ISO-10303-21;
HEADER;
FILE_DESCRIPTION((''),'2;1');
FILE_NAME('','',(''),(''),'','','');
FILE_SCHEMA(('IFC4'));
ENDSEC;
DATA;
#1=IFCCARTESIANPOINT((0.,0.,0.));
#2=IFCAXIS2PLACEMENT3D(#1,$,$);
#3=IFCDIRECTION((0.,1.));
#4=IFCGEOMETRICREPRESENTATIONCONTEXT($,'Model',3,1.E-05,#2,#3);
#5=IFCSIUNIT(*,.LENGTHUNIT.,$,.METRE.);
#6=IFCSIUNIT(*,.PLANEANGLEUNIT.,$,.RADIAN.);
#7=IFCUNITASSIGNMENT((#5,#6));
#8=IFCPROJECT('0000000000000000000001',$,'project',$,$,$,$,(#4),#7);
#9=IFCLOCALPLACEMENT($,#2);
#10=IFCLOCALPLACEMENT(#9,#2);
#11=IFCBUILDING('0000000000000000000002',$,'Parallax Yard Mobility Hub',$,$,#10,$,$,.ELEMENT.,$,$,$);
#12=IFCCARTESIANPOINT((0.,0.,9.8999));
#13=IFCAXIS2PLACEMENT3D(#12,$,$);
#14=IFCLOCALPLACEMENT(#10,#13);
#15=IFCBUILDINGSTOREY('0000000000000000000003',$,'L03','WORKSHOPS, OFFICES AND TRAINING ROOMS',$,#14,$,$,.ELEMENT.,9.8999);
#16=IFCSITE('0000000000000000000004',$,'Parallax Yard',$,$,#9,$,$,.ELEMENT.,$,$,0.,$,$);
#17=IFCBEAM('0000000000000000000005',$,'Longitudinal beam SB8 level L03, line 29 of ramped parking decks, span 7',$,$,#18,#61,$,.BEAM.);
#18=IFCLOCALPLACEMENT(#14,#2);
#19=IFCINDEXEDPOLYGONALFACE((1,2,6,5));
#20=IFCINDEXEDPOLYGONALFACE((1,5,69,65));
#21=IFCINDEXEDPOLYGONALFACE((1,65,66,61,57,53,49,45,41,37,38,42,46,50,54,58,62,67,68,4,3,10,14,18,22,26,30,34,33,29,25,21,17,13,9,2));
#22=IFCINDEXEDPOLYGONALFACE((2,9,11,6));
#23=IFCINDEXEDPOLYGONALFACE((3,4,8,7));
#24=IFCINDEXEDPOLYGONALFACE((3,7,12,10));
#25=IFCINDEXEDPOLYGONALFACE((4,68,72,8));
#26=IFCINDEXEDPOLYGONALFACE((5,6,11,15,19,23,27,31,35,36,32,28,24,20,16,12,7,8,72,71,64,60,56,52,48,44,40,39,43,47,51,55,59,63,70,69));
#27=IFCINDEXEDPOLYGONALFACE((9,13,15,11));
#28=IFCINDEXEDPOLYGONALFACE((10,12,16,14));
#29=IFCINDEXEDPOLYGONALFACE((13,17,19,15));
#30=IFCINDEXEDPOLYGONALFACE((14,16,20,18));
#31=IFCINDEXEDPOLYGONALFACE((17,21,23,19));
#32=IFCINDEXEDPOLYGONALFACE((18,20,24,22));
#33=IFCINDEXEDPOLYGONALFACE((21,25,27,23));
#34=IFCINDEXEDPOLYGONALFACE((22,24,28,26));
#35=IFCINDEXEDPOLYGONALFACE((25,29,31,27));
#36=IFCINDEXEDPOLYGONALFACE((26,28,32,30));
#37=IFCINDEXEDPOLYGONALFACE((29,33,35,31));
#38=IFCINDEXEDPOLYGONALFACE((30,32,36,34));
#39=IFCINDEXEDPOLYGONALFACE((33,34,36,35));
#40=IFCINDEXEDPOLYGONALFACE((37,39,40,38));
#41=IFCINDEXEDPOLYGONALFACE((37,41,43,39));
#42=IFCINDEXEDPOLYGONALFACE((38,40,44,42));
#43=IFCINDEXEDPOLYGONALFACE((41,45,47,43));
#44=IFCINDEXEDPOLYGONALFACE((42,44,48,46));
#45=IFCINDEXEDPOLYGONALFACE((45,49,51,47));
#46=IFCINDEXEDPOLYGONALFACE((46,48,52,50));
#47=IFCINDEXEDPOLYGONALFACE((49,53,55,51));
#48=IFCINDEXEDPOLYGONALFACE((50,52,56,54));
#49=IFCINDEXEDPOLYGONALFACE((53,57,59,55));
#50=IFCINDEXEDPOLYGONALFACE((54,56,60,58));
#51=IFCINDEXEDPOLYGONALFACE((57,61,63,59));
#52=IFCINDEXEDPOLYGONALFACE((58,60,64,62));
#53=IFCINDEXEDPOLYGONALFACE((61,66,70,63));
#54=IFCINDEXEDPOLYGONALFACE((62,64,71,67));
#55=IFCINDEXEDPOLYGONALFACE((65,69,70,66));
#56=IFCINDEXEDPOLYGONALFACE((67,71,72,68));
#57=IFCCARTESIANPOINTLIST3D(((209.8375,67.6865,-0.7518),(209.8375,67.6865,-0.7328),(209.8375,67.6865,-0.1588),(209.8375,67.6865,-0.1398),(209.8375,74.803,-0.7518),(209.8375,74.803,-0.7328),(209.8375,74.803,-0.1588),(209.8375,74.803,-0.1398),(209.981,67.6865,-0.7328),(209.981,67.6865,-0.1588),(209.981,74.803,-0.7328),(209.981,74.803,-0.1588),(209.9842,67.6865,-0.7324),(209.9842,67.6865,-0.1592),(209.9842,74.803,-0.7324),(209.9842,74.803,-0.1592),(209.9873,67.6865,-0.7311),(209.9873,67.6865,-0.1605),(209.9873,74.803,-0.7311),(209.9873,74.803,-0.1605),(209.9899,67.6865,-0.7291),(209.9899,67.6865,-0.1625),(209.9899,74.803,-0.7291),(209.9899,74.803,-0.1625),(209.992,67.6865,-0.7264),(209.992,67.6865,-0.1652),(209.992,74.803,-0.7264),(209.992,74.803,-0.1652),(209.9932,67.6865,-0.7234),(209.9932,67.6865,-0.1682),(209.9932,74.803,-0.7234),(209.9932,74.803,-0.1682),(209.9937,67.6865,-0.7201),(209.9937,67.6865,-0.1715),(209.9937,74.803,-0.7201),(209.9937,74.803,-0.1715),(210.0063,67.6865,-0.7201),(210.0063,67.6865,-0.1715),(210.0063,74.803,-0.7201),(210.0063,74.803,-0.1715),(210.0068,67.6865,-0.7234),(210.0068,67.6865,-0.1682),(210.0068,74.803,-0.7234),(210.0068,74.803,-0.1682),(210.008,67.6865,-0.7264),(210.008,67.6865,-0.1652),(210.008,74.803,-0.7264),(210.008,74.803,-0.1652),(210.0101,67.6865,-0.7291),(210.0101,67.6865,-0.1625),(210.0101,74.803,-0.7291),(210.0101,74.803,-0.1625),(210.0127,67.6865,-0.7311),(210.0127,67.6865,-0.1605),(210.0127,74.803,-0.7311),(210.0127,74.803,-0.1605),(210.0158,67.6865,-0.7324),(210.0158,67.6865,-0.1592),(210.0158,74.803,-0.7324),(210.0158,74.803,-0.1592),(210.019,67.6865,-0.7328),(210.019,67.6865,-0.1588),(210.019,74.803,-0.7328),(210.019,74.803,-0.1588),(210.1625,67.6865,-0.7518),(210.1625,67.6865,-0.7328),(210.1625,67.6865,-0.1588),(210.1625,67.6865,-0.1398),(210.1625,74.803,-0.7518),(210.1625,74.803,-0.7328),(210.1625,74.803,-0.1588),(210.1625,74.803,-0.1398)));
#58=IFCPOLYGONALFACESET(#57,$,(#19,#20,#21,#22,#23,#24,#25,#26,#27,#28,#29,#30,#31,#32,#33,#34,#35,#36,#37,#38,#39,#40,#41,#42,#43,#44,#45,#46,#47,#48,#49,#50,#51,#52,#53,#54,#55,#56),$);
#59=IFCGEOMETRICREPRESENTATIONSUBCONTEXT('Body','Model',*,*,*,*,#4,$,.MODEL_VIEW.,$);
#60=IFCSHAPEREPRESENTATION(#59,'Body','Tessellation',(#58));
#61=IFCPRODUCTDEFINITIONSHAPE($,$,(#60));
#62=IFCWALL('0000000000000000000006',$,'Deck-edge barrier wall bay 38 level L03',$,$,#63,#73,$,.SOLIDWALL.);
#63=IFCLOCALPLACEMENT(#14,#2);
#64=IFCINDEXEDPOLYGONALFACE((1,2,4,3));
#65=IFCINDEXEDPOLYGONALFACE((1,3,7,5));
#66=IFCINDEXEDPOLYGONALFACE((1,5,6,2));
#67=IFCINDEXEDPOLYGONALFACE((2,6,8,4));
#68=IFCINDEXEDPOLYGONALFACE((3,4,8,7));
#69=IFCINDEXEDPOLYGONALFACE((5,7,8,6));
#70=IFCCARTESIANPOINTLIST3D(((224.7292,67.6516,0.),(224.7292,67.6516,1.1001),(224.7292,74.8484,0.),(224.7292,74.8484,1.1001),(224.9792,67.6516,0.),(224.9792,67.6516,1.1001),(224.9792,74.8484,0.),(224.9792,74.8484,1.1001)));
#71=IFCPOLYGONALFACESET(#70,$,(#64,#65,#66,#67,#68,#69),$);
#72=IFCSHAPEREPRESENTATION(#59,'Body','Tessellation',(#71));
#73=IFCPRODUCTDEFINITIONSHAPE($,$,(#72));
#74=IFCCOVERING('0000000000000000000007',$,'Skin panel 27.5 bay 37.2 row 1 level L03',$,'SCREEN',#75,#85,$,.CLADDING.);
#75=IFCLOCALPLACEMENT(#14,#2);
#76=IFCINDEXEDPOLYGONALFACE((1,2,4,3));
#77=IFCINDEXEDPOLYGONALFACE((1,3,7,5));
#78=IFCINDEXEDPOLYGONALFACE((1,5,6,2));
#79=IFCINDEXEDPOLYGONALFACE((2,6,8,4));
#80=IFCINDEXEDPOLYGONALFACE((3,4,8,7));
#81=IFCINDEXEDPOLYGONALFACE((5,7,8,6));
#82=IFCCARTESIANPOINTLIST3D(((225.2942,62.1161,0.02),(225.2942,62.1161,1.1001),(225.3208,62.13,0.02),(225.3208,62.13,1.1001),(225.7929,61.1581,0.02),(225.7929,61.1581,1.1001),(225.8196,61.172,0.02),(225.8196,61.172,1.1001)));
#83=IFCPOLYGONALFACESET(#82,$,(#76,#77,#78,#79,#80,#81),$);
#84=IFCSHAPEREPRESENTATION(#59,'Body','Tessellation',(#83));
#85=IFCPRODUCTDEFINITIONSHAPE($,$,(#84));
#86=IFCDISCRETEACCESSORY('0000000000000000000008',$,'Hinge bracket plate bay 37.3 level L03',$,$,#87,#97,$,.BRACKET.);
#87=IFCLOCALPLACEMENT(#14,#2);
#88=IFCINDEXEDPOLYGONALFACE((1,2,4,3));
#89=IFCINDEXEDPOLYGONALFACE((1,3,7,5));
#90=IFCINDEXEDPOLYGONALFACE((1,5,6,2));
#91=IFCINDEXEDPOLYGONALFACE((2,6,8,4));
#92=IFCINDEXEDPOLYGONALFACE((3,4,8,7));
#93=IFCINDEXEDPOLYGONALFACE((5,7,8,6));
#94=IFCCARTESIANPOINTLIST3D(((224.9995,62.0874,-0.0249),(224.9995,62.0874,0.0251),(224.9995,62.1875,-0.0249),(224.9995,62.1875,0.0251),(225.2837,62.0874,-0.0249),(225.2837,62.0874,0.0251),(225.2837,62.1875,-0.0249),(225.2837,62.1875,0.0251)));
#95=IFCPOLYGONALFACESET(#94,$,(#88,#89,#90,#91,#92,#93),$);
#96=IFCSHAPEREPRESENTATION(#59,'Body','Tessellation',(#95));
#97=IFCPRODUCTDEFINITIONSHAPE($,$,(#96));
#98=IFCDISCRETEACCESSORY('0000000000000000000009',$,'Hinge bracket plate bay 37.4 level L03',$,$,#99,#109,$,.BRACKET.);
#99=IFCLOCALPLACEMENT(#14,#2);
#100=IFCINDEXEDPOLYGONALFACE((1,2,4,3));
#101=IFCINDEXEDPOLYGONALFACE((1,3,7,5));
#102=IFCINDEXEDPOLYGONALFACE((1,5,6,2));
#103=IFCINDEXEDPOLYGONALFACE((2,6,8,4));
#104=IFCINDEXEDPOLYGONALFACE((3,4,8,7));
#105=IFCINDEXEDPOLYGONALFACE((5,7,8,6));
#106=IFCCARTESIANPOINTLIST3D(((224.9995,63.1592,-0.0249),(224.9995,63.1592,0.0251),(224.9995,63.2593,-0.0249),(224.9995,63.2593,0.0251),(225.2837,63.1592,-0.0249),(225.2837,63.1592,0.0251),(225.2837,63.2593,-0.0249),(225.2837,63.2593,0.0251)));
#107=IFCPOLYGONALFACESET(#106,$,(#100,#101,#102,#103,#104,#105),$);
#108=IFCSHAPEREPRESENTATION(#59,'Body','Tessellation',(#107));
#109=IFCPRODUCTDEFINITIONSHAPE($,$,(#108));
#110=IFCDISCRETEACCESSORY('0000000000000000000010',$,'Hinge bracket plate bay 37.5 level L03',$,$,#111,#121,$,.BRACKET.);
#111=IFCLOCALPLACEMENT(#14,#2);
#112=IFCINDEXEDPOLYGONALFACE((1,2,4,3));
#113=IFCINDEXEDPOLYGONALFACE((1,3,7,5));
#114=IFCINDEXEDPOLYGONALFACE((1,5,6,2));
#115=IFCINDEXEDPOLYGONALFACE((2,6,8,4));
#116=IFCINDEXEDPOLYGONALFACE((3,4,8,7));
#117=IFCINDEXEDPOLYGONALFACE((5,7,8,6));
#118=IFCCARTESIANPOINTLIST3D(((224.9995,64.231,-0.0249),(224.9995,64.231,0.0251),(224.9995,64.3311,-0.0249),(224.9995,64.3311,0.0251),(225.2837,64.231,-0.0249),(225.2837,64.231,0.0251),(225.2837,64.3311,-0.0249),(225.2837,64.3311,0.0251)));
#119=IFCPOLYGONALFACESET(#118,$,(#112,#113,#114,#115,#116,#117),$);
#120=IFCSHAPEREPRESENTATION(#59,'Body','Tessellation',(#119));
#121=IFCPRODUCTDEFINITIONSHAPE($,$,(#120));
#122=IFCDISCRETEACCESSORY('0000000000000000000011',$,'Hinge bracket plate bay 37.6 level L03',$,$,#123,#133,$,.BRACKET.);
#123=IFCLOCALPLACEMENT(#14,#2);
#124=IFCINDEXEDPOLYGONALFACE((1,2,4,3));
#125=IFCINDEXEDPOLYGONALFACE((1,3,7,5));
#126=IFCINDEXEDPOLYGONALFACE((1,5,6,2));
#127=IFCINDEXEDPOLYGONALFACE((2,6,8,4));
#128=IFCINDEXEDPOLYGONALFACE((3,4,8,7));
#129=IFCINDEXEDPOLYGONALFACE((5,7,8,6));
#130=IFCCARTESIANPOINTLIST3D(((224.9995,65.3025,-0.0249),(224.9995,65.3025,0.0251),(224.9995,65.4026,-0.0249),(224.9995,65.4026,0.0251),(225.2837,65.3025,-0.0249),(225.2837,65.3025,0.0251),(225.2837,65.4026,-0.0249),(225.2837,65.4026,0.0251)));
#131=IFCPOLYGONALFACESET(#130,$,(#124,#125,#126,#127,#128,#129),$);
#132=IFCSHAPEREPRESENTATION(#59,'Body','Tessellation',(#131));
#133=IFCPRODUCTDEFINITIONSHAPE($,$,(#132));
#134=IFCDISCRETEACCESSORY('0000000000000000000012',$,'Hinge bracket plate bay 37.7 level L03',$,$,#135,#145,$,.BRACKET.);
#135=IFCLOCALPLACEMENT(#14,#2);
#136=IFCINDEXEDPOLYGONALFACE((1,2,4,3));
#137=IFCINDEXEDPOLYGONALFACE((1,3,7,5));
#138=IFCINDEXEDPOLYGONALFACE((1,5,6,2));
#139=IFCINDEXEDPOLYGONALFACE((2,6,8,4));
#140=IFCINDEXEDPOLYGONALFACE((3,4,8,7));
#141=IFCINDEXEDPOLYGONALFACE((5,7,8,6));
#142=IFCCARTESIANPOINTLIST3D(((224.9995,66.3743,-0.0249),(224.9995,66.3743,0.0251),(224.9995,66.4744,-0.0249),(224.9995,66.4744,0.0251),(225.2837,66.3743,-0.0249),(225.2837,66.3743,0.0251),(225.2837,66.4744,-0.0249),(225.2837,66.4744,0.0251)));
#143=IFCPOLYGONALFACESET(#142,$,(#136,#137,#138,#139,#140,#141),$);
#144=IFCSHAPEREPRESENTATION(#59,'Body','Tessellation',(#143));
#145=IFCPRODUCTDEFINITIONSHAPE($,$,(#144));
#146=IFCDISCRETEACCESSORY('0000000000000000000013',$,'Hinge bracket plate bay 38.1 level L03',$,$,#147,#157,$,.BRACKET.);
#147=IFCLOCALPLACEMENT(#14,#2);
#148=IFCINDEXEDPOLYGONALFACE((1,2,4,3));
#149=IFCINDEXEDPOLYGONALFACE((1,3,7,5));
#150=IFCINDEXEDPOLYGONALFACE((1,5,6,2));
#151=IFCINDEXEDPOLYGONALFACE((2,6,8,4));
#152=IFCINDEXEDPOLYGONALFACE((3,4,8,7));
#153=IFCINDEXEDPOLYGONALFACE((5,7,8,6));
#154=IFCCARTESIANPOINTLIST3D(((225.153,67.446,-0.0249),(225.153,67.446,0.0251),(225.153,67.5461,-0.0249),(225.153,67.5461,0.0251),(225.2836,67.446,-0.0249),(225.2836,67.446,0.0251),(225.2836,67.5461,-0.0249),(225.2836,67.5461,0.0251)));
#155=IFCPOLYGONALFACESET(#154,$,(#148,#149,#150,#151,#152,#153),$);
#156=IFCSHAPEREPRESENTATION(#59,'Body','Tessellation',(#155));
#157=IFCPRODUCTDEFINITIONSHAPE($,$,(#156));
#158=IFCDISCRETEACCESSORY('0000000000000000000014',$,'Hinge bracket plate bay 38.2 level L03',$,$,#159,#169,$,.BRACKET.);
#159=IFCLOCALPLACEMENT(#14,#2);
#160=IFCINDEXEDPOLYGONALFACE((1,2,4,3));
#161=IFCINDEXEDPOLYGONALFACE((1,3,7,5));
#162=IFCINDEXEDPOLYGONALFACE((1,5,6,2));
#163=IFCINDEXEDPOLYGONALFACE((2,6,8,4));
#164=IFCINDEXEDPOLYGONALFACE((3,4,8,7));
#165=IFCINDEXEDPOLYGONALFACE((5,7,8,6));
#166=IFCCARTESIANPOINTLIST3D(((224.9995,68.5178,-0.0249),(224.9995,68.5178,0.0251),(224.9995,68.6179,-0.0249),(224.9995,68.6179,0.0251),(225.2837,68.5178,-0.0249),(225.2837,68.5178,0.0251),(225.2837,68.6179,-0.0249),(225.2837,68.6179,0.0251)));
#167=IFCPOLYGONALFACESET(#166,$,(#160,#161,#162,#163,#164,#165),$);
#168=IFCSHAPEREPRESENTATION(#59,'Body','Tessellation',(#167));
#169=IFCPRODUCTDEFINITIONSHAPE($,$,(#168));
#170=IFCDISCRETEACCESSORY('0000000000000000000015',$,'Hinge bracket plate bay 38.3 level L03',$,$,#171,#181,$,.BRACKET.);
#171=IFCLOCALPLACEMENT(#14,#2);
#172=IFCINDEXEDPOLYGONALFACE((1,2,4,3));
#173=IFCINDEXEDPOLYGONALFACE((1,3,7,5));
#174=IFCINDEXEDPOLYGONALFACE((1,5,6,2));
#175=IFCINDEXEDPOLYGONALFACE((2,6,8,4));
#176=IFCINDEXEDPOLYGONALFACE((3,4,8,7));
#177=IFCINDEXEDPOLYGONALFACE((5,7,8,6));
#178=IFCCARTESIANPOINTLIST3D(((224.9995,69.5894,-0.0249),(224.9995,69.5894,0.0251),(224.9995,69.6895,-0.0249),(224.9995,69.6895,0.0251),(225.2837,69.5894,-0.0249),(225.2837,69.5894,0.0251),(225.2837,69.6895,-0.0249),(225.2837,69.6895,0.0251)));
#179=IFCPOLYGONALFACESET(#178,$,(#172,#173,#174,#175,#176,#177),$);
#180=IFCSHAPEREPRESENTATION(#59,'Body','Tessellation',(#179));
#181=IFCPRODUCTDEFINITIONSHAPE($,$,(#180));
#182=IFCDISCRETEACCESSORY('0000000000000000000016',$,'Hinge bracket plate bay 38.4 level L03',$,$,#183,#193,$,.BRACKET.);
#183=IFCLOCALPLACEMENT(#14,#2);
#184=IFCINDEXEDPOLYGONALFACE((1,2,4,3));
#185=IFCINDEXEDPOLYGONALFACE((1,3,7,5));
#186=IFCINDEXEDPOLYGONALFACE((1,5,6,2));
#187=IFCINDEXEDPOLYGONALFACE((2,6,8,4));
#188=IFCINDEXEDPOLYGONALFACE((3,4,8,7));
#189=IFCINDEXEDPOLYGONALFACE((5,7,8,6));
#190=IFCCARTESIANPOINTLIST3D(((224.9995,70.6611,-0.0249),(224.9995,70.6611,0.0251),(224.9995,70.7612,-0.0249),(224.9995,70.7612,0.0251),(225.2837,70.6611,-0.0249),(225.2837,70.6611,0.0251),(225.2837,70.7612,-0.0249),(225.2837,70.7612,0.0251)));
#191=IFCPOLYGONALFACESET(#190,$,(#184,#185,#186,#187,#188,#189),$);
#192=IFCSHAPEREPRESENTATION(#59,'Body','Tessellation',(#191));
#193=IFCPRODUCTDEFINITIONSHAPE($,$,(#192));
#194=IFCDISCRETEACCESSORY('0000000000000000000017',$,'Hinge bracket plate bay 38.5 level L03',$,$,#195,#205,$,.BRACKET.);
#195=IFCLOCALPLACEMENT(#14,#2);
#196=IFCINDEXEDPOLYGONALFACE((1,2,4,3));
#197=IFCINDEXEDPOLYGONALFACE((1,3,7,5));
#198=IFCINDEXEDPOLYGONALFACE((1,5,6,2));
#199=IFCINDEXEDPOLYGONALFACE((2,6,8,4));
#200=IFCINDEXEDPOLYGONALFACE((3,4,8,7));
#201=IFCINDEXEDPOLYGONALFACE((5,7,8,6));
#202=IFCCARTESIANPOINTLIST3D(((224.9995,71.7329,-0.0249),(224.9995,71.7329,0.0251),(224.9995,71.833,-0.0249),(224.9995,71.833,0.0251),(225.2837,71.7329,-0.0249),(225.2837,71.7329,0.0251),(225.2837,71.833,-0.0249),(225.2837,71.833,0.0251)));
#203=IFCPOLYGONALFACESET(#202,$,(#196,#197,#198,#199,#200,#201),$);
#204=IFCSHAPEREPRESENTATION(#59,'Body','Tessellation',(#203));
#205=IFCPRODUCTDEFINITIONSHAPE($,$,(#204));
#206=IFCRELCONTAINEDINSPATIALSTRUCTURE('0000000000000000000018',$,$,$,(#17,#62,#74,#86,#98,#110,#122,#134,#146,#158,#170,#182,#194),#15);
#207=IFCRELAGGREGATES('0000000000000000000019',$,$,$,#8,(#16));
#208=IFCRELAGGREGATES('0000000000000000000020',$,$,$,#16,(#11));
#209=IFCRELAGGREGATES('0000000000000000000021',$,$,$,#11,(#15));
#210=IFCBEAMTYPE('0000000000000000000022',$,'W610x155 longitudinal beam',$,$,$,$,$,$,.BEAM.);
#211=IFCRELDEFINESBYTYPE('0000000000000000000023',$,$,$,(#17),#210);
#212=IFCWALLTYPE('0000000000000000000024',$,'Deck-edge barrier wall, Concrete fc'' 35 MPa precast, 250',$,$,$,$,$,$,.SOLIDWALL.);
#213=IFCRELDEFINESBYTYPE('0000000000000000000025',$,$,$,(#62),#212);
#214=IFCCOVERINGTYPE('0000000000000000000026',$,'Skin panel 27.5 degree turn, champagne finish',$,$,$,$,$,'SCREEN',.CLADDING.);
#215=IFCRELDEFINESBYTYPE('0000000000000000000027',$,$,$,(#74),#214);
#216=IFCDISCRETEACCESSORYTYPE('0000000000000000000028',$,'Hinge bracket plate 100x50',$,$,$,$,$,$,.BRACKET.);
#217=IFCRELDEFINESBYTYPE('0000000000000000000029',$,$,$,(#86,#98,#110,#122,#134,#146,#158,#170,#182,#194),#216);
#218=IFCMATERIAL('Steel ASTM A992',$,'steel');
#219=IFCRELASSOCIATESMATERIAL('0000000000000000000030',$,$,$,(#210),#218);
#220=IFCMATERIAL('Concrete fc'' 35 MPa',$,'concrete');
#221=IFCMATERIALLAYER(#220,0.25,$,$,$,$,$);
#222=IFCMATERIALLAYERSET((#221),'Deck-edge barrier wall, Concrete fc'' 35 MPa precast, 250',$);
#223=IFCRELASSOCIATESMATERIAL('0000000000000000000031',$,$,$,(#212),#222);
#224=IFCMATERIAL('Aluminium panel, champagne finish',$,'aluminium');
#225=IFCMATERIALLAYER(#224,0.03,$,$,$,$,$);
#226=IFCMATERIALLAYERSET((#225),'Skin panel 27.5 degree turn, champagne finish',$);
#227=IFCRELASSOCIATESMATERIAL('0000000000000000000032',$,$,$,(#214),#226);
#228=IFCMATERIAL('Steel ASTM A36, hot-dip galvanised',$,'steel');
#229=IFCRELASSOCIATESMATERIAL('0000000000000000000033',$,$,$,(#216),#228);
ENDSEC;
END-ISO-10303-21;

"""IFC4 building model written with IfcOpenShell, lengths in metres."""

from ifc_helpers import new_model, si_unit, direction, frame, frame_2d, origin, origin_2d, place, context, subcontext, project, spatial, rectangle, i_section, extrude, material, layer, layer_set, material_profile, profile_set, type_object, element, save


model = new_model("IFC4")

# Units and contexts
model_context = context("Model", 3, precision=1e-05, world=origin(), true_north=direction((0.0, 1.0)))
body_context = subcontext(model_context, "Body", "Model", "MODEL_VIEW")
ifc_project = project(units=[si_unit("LENGTHUNIT", "METRE"), si_unit("PLANEANGLEUNIT", "RADIAN")], contexts=[model_context])

# Site, building, storey
site_placement = place(None, origin())
site = spatial("IfcSite", under=ifc_project, at=site_placement, Name="Parallax Yard", CompositionType="ELEMENT", RefElevation=0.0)
building_placement = place(site_placement, origin())
building = spatial("IfcBuilding", under=site, at=building_placement, Name="Parallax Yard Mobility Hub", CompositionType="ELEMENT")
storey_placement = place(building_placement, frame((0.0, 0.0, 9.8999)))
storey = spatial("IfcBuildingStorey", under=building, at=storey_placement, Name="L03", Description="WORKSHOPS, OFFICES AND TRAINING ROOMS", CompositionType="ELEMENT", Elevation=9.8999)

# Shared definitions
ifc_material_1 = material(Name="Steel ASTM A992", Category="steel")

# Beam
ifc_material_profile_1 = material_profile(ifc_material_1, i_section(OverallWidth=0.325, OverallDepth=0.6121, WebThickness=0.0127, FlangeThickness=0.019, FilletRadius=0.0127, at=origin_2d()), Name="W610x155")
ifc_profile_set_1 = profile_set([ifc_material_profile_1], Name="Steel ASTM A992")
beam_type_1 = type_object("IfcBeamType", Name="W610x155 longitudinal beam", PredefinedType="BEAM", material=ifc_profile_set_1)
beam_1_placement = place(storey_placement, frame((210.0, 67.6865, -0.4458), z_axis=(0.0, 1.0, 0.0), x_axis=(-1.0, 0.0, 0.0)))
element("IfcBeam", 1, at=beam_1_placement, inside=storey, type_object=beam_type_1, Name="Longitudinal beam SB8 level L03, line 29 of ramped parking decks, span 7", PredefinedType="BEAM", context=body_context, shape_type="SweptSolid", body=[
    extrude(i_section(OverallWidth=0.325, OverallDepth=0.6121, WebThickness=0.0127, FlangeThickness=0.019, FilletRadius=0.0127, at=origin_2d()), origin(), (0.0, 0.0, 1.0), 7.1165),
])

# Wall
ifc_material_2 = material(Name="Concrete fc' 35 MPa", Category="concrete")
ifc_layer_1 = layer(ifc_material_2, 0.25)
ifc_layer_set_1 = layer_set([ifc_layer_1], Name="Deck-edge barrier wall, Concrete fc' 35 MPa precast, 250")
wall_type = type_object("IfcWallType", Name="Deck-edge barrier wall, Concrete fc' 35 MPa precast, 250", PredefinedType="SOLIDWALL", material=ifc_layer_set_1)
wall_placement = place(storey_placement, frame((224.8542, 67.6516, 0.0), z_axis=(0.0, 0.0, 1.0), x_axis=(0.0, 1.0, 0.0)))
element("IfcWall", 2, at=wall_placement, inside=storey, type_object=wall_type, Name="Deck-edge barrier wall bay 38 level L03", PredefinedType="SOLIDWALL", context=body_context, shape_type="SweptSolid", body=[
    extrude(rectangle(XDim=7.1968, YDim=0.25, at=frame_2d((3.5984, 0.0))), origin(), (0.0, 0.0, 1.0), 1.1001),
])

# Covering
ifc_material_3 = material(Name="Aluminium panel, champagne finish", Category="aluminium")
ifc_layer_2 = layer(ifc_material_3, 0.03)
ifc_layer_set_2 = layer_set([ifc_layer_2], Name="Skin panel 27.5 degree turn, champagne finish")
covering_type = type_object("IfcCoveringType", Name="Skin panel 27.5 degree turn, champagne finish", ElementType="SCREEN", PredefinedType="CLADDING", material=ifc_layer_set_2)
covering_placement = place(storey_placement, frame((225.5569, 61.644, 0.02), z_axis=(0.0, 0.0, 1.0), x_axis=(0.461749, -0.887011, 0.0)))
element("IfcCovering", 3, at=covering_placement, inside=storey, type_object=covering_type, Name="Skin panel 27.5 bay 37.2 row 1 level L03", ObjectType="SCREEN", PredefinedType="CLADDING", context=body_context, shape_type="SweptSolid", body=[
    extrude(rectangle(XDim=1.0801, YDim=0.03, at=origin_2d()), origin(), (0.0, 0.0, 1.0), 1.0801),
])

# Discrete accessories
ifc_material_4 = material(Name="Steel ASTM A36, hot-dip galvanised", Category="steel")
discrete_accessory_type_1 = type_object("IfcDiscreteAccessoryType", Name="Hinge bracket plate 100x50", PredefinedType="BRACKET", material=ifc_material_4)
for number, where, z_axis, x_axis, name in (
    (4, (225.1416, 62.1375, -0.0249), (0.0, 0.0, 1.0), (1.0, 0.0, 0.0), "Hinge bracket plate bay 37.3 level L03"),
    (5, (225.1416, 63.2092, -0.0249), (0.0, 0.0, 1.0), (1.0, 0.0, 0.0), "Hinge bracket plate bay 37.4 level L03"),
    (6, (225.1416, 64.281, -0.0249), (0.0, 0.0, 1.0), (1.0, 0.0, 0.0), "Hinge bracket plate bay 37.5 level L03"),
    (7, (225.1416, 65.3525, -0.0249), (0.0, 0.0, 1.0), (1.0, 0.0, 0.0), "Hinge bracket plate bay 37.6 level L03"),
    (8, (225.1416, 66.4243, -0.0249), (0.0, 0.0, 1.0), (1.0, 0.0, 0.0), "Hinge bracket plate bay 37.7 level L03"),
):
    element("IfcDiscreteAccessory", number, at=place(storey_placement, frame(where, z_axis=z_axis, x_axis=x_axis)), inside=storey, type_object=discrete_accessory_type_1, Name=name, PredefinedType="BRACKET", context=body_context, shape_type="SweptSolid", body=[
        extrude(rectangle(XDim=0.2842, YDim=0.1001, at=origin_2d()), origin(), (0.0, 0.0, 1.0), 0.05),
    ])
discrete_accessory_placement = place(storey_placement, frame((225.2183, 67.4961, -0.0249), z_axis=(0.0, 0.0, 1.0), x_axis=(1.0, 0.0, 0.0)))
element("IfcDiscreteAccessory", 9, at=discrete_accessory_placement, inside=storey, type_object=discrete_accessory_type_1, Name="Hinge bracket plate bay 38.1 level L03", PredefinedType="BRACKET", context=body_context, shape_type="SweptSolid", body=[
    extrude(rectangle(XDim=0.1306, YDim=0.1001, at=origin_2d()), origin(), (0.0, 0.0, 1.0), 0.05),
])
for number, where, z_axis, x_axis, name in (
    (10, (225.1416, 68.5679, -0.0249), (0.0, 0.0, 1.0), (1.0, 0.0, 0.0), "Hinge bracket plate bay 38.2 level L03"),
    (11, (225.1416, 69.6394, -0.0249), (0.0, 0.0, 1.0), (1.0, 0.0, 0.0), "Hinge bracket plate bay 38.3 level L03"),
    (12, (225.1416, 70.7112, -0.0249), (0.0, 0.0, 1.0), (1.0, 0.0, 0.0), "Hinge bracket plate bay 38.4 level L03"),
    (13, (225.1416, 71.783, -0.0249), (0.0, 0.0, 1.0), (1.0, 0.0, 0.0), "Hinge bracket plate bay 38.5 level L03"),
):
    element("IfcDiscreteAccessory", number, at=place(storey_placement, frame(where, z_axis=z_axis, x_axis=x_axis)), inside=storey, type_object=discrete_accessory_type_1, Name=name, PredefinedType="BRACKET", context=body_context, shape_type="SweptSolid", body=[
        extrude(rectangle(XDim=0.2842, YDim=0.1001, at=origin_2d()), origin(), (0.0, 0.0, 1.0), 0.05),
    ])

save(model, "model.ifc")
